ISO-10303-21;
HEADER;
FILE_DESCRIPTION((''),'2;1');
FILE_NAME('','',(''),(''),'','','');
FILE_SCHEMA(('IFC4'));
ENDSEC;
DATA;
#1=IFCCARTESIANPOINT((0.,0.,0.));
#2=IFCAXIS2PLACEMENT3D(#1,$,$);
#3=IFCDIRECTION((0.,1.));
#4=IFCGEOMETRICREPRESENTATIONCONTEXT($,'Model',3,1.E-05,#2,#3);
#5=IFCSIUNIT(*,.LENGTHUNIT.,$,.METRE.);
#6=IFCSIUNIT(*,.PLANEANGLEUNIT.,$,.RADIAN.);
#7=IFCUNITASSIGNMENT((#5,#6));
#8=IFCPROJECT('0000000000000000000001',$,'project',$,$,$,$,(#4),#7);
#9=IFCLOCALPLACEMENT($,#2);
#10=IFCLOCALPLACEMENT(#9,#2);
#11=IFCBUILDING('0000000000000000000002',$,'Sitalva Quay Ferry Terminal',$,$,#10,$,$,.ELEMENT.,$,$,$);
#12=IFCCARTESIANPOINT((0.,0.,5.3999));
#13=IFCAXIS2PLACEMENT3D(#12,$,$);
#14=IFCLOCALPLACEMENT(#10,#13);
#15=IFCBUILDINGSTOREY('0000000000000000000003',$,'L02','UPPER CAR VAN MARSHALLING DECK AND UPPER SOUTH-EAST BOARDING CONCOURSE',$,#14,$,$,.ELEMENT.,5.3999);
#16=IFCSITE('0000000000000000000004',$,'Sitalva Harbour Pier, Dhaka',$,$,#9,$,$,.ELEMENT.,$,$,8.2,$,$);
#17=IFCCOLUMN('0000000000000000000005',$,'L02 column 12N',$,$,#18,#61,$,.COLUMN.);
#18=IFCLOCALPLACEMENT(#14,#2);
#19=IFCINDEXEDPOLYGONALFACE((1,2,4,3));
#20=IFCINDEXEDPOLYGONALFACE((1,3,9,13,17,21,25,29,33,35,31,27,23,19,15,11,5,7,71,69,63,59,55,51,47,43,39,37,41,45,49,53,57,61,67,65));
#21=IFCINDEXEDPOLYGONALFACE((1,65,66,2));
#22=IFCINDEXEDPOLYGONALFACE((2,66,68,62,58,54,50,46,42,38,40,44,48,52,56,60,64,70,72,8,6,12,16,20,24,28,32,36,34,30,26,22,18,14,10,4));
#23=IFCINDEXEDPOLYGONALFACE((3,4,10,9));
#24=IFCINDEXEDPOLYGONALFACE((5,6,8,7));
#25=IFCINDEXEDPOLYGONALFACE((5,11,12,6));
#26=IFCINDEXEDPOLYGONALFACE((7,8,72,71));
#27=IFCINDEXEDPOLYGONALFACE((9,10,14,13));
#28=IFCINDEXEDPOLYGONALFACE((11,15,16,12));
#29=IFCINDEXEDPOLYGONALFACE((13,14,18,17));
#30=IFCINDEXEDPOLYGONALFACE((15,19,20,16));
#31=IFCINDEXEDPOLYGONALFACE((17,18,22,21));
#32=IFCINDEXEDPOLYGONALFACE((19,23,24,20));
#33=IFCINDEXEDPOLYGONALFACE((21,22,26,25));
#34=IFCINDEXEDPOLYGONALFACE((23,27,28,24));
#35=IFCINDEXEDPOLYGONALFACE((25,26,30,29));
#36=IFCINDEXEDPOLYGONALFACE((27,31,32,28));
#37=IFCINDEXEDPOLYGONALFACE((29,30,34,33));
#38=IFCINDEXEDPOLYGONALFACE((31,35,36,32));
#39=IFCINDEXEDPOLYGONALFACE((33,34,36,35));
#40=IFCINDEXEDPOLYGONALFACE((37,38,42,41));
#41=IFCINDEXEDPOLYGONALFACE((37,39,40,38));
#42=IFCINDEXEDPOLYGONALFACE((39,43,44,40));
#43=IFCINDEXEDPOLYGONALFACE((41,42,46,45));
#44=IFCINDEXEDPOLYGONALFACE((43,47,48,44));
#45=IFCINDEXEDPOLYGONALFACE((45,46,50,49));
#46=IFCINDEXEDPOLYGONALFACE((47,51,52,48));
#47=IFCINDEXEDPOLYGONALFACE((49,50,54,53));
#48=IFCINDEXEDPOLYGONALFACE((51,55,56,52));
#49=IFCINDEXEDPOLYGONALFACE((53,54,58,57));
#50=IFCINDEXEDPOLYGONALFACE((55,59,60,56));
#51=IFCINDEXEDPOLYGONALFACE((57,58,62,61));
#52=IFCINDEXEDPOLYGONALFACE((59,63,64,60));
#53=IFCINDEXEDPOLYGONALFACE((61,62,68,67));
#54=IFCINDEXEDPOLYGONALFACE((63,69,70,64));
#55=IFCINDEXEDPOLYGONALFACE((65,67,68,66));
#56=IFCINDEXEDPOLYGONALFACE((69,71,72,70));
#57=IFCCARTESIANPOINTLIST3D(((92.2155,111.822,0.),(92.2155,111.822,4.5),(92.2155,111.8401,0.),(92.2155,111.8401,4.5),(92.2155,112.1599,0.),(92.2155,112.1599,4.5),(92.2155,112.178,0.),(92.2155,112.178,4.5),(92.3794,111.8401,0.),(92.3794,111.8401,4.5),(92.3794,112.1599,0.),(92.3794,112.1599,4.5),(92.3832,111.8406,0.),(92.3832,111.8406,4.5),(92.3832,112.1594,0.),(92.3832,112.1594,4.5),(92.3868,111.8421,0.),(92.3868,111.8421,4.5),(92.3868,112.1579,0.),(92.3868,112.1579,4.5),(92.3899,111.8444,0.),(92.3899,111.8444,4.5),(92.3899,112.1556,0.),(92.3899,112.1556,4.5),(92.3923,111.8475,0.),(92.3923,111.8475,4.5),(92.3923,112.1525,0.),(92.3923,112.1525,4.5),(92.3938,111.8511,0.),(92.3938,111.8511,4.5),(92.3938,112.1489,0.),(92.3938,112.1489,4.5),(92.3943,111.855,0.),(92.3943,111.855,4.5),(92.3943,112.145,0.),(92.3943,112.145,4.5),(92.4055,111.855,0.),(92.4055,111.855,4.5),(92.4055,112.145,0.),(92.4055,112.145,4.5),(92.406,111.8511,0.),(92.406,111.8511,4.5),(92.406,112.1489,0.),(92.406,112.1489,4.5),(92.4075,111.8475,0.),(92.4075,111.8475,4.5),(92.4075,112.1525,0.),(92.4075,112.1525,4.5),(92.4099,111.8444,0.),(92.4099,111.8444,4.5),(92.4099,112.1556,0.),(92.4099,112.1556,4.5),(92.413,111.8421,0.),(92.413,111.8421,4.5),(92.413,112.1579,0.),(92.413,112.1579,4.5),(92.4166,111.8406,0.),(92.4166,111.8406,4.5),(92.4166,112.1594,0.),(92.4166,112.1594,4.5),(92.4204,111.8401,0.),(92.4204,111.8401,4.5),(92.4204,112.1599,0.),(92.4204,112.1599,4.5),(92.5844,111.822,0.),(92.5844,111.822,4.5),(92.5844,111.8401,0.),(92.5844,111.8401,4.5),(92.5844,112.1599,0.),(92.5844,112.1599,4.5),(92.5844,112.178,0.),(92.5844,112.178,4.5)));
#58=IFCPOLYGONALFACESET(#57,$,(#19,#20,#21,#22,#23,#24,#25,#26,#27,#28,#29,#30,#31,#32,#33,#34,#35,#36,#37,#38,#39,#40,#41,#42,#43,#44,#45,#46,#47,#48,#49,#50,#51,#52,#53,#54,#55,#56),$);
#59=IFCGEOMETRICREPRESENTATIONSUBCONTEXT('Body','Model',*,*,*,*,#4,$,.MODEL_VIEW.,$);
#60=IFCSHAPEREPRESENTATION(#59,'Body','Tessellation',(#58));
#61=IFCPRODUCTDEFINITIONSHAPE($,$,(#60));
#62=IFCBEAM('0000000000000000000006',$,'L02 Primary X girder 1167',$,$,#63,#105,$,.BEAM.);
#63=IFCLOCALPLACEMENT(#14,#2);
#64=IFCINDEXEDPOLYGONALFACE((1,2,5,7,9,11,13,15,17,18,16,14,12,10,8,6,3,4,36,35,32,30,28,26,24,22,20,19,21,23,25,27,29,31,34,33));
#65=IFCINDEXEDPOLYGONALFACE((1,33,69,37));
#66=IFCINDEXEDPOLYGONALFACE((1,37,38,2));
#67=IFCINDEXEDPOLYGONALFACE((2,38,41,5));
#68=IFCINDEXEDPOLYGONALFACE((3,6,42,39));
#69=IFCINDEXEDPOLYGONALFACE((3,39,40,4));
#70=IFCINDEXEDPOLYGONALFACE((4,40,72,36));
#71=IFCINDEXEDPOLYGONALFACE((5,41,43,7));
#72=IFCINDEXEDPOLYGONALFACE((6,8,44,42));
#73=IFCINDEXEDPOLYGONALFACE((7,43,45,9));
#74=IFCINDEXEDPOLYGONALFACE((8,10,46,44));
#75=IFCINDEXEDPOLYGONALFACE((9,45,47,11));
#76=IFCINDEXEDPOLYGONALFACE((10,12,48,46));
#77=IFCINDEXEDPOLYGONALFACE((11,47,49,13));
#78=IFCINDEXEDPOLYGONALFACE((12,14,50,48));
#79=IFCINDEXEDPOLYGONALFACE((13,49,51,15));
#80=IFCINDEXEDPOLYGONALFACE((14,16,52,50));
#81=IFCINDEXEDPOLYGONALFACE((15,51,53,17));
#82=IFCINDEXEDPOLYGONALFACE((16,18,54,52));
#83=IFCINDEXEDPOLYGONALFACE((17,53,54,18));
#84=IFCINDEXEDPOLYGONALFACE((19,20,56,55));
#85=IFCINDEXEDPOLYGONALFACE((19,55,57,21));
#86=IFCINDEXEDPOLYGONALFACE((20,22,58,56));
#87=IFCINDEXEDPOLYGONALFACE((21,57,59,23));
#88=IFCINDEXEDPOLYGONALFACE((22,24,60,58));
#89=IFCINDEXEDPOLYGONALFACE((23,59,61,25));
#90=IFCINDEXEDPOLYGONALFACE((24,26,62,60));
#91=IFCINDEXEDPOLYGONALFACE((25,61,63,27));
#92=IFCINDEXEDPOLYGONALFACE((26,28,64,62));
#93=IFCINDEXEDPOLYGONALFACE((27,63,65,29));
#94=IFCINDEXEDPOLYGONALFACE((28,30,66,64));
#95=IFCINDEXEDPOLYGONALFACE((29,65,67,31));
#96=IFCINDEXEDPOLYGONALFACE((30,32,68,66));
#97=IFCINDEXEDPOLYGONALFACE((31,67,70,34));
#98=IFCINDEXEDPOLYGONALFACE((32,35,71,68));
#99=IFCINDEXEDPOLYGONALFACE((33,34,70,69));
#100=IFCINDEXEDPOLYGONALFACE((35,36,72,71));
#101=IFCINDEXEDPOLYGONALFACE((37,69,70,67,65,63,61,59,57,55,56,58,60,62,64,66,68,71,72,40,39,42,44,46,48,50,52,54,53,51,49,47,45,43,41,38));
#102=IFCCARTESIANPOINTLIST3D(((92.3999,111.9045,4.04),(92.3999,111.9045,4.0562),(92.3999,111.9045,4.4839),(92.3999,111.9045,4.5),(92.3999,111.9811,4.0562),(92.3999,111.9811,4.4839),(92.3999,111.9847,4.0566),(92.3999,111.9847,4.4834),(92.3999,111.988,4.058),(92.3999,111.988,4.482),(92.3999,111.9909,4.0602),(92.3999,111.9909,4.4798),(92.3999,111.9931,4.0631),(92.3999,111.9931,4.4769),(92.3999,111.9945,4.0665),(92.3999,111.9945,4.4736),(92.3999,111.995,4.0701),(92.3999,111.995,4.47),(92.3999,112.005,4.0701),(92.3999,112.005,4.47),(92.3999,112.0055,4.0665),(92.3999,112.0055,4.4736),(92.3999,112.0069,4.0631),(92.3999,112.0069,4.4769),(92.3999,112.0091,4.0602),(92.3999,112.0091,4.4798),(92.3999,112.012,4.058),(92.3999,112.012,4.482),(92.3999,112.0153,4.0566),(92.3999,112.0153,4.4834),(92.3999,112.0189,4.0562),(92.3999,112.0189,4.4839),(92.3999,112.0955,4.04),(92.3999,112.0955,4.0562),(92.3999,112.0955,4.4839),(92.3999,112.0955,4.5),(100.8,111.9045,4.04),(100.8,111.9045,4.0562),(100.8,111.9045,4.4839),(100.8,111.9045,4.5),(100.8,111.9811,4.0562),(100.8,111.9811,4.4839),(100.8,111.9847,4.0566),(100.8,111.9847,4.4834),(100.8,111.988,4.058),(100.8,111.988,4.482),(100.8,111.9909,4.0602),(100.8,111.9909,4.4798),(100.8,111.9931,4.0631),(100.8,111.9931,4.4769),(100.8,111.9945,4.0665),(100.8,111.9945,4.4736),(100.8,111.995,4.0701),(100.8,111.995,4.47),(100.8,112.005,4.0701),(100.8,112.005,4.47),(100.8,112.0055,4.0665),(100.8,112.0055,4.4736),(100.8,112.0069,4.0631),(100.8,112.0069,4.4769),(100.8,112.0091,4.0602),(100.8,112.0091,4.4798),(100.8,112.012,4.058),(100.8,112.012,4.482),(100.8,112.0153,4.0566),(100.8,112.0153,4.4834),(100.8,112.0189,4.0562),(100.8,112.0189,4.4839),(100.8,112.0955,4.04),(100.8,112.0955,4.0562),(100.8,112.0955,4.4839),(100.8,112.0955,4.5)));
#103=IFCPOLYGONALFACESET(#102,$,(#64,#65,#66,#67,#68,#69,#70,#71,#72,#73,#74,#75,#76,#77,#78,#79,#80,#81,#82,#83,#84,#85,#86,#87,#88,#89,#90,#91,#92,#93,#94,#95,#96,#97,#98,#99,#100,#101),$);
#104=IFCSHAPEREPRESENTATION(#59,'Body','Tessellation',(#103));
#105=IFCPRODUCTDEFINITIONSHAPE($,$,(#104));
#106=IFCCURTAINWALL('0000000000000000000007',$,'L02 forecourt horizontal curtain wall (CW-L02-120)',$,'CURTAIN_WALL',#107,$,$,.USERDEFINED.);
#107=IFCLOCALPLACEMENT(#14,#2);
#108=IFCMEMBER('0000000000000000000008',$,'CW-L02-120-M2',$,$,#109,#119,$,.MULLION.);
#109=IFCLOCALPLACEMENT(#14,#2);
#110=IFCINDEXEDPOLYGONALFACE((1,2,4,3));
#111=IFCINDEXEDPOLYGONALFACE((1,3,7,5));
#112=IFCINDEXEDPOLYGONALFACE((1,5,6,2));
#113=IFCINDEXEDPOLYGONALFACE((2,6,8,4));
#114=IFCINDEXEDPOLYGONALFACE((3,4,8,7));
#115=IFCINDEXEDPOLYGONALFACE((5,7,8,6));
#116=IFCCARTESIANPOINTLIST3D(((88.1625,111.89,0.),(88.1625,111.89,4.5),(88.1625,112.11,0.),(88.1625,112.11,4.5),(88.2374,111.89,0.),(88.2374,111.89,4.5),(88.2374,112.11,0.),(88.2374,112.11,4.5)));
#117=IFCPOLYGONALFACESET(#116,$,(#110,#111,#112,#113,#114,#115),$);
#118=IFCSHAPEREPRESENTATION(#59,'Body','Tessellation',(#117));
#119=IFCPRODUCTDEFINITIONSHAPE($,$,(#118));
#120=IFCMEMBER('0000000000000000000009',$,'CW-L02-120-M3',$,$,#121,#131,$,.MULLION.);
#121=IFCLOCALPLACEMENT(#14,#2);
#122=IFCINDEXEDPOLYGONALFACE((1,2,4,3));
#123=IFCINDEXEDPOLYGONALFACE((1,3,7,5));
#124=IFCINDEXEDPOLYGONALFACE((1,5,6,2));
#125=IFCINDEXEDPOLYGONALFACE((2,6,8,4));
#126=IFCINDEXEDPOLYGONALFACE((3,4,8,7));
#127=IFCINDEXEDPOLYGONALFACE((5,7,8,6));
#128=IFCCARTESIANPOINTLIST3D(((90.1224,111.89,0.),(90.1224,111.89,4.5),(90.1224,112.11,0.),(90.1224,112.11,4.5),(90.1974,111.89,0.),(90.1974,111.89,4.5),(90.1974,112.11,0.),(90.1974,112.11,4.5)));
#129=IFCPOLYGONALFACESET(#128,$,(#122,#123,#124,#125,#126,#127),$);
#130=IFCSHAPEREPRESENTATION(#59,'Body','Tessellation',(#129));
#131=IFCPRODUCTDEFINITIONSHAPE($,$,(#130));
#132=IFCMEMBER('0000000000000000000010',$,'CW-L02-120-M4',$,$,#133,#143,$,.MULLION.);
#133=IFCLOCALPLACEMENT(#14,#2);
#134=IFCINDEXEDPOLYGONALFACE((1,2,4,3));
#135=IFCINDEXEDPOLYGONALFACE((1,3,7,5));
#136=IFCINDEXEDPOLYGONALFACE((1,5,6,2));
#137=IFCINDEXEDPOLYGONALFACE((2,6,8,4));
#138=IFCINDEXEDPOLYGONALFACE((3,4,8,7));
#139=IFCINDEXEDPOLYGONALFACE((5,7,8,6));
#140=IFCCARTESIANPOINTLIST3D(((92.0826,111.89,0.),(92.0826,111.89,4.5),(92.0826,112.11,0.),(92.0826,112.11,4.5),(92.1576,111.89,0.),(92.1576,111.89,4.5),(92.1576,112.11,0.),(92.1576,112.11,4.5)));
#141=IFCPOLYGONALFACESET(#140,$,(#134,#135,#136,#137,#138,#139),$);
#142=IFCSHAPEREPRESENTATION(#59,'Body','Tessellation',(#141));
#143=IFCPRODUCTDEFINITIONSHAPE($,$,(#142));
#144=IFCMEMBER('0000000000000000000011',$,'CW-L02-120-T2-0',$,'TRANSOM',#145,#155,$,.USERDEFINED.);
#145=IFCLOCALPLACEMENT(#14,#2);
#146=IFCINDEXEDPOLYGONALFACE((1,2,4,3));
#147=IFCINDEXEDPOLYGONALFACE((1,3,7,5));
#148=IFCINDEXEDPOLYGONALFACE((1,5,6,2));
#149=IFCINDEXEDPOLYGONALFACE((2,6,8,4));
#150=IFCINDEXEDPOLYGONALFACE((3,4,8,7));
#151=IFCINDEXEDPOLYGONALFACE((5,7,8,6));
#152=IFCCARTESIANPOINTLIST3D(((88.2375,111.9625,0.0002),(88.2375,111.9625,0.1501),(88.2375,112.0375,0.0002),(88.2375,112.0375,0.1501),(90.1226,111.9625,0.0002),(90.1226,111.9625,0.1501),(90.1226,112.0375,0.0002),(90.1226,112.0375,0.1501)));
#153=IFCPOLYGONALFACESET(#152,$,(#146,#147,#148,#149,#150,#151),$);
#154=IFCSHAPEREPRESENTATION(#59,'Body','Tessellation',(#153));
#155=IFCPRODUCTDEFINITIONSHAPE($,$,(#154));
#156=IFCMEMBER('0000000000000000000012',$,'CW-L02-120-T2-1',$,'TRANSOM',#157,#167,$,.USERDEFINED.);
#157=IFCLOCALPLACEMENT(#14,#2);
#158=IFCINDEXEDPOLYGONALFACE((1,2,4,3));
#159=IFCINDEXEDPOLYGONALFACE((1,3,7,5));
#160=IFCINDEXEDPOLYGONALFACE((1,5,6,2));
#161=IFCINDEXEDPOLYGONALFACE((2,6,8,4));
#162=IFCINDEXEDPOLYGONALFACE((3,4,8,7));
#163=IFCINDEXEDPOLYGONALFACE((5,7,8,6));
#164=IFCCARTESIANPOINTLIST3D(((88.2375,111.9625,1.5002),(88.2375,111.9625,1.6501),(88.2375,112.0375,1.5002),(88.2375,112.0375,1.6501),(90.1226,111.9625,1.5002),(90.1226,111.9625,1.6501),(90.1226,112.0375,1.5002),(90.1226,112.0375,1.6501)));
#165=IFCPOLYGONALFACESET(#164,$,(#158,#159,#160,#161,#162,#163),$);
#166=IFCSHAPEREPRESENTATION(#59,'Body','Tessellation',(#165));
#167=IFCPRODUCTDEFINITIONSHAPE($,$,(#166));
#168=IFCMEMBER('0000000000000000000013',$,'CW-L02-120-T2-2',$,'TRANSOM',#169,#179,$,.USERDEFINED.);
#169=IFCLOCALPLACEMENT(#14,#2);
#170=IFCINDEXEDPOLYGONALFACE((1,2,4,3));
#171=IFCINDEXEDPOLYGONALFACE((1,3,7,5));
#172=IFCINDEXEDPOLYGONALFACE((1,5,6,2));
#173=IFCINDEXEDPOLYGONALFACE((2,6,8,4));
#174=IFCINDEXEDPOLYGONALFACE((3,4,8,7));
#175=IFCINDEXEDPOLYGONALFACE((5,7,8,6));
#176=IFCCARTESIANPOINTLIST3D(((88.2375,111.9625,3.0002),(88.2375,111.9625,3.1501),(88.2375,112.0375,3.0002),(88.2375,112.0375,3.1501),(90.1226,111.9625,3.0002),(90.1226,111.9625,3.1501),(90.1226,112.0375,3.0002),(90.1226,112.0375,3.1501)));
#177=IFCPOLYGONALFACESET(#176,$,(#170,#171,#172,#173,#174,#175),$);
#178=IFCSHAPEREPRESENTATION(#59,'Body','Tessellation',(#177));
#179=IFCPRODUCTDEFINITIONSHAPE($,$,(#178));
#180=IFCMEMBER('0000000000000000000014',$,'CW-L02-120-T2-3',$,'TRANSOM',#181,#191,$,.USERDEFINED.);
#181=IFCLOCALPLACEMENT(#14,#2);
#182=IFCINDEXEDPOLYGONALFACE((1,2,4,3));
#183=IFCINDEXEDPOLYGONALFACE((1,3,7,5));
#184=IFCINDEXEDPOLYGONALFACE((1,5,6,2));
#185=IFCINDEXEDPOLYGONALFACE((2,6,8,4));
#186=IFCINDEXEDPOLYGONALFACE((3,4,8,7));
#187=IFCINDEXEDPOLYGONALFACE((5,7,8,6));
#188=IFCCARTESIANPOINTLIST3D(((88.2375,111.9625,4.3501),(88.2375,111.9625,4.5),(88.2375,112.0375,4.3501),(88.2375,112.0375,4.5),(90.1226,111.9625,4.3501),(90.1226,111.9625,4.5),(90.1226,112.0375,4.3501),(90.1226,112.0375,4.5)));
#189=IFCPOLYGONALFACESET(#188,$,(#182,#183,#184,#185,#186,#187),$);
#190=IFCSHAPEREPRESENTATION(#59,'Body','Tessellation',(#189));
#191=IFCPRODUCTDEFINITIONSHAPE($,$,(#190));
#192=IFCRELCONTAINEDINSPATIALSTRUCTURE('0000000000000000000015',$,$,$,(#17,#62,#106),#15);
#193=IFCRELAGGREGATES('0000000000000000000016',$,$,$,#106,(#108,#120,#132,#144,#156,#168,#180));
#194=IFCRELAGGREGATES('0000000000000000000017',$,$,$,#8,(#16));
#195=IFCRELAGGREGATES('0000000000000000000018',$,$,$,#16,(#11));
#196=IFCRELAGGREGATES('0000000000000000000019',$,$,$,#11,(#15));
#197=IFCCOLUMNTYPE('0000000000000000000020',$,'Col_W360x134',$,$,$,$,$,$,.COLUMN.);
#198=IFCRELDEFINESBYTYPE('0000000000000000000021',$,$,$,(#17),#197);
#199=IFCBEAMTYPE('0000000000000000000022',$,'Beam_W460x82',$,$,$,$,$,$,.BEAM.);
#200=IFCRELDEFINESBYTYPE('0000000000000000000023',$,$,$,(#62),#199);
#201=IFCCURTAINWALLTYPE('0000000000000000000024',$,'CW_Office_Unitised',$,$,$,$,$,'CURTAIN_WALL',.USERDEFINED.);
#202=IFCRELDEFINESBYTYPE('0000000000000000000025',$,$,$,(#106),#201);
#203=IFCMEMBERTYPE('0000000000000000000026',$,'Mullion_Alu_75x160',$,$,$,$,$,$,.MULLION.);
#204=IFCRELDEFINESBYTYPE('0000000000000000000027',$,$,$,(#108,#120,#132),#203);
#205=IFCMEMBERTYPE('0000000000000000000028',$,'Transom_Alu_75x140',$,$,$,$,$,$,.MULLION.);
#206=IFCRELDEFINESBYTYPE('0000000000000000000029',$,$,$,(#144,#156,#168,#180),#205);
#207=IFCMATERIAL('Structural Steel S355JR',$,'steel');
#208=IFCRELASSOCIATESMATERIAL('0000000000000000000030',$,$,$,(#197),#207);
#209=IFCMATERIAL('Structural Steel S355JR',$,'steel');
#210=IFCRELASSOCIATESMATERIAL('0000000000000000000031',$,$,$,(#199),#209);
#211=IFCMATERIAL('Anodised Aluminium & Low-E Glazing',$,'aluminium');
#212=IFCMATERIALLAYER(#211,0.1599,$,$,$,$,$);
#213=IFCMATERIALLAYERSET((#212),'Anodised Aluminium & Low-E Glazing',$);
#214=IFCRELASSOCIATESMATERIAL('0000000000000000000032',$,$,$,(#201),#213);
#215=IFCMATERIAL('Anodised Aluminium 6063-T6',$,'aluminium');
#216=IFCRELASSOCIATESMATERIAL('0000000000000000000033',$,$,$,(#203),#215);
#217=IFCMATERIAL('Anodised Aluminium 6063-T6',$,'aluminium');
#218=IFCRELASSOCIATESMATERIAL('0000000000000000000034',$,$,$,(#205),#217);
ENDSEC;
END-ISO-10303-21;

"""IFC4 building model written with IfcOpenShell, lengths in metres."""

from ifc_helpers import new_model, si_unit, direction, frame, origin, origin_2d, place, context, subcontext, project, spatial, rectangle, i_section, extrude, material, layer, layer_set, material_profile, profile_set, type_object, element, aggregate, save


model = new_model("IFC4")

# Units and contexts
model_context = context("Model", 3, precision=1e-05, world=origin(), true_north=direction((0.0, 1.0)))
body_context = subcontext(model_context, "Body", "Model", "MODEL_VIEW")
ifc_project = project(units=[si_unit("LENGTHUNIT", "METRE"), si_unit("PLANEANGLEUNIT", "RADIAN")], contexts=[model_context])

# Site, building, storey
site_placement = place(None, origin())
site = spatial("IfcSite", under=ifc_project, at=site_placement, Name="Sitalva Harbour Pier, Dhaka", CompositionType="ELEMENT", RefElevation=8.2)
building_placement = place(site_placement, origin())
building = spatial("IfcBuilding", under=site, at=building_placement, Name="Sitalva Quay Ferry Terminal", CompositionType="ELEMENT")
storey_placement = place(building_placement, frame((0.0, 0.0, 5.3999)))
storey = spatial("IfcBuildingStorey", under=building, at=storey_placement, Name="L02", Description="UPPER CAR VAN MARSHALLING DECK AND UPPER SOUTH-EAST BOARDING CONCOURSE", CompositionType="ELEMENT", Elevation=5.3999)

# Column
ifc_material_1 = material(Name="Structural Steel S355JR", Category="steel")
ifc_material_profile_1 = material_profile(ifc_material_1, i_section(OverallWidth=0.3689, OverallDepth=0.356, WebThickness=0.0112, FlangeThickness=0.0181, FilletRadius=0.0149, at=origin_2d()), Name="W360x134")
ifc_profile_set_1 = profile_set([ifc_material_profile_1], Name="Structural Steel S355JR")
column_type = type_object("IfcColumnType", Name="Col_W360x134", PredefinedType="COLUMN", material=ifc_profile_set_1)
column_placement = place(storey_placement, frame((92.3999, 112.0, 0.0), z_axis=(0.0, 0.0, 1.0), x_axis=(1.0, 0.0, 0.0)))
element("IfcColumn", 1, at=column_placement, inside=storey, type_object=column_type, Name="L02 column 12N", PredefinedType="COLUMN", context=body_context, shape_type="SweptSolid", body=[
    extrude(i_section(OverallWidth=0.3689, OverallDepth=0.356, WebThickness=0.0112, FlangeThickness=0.0181, FilletRadius=0.0149, at=origin_2d()), origin(), (0.0, 0.0, 1.0), 4.5),
])

# Beam
ifc_material_2 = material(Name="Structural Steel S355JR", Category="steel")
ifc_material_profile_2 = material_profile(ifc_material_2, i_section(OverallWidth=0.1909, OverallDepth=0.46, WebThickness=0.01, FlangeThickness=0.0161, FilletRadius=0.0139, at=origin_2d()), Name="W460x82")
ifc_profile_set_2 = profile_set([ifc_material_profile_2], Name="Structural Steel S355JR")
beam_type = type_object("IfcBeamType", Name="Beam_W460x82", PredefinedType="BEAM", material=ifc_profile_set_2)
beam_placement = place(storey_placement, frame((92.3999, 112.0, 4.27), z_axis=(1.0, 0.0, 0.0), x_axis=(0.0, 1.0, 0.0)))
element("IfcBeam", 2, at=beam_placement, inside=storey, type_object=beam_type, Name="L02 Primary X girder 1167", PredefinedType="BEAM", context=body_context, shape_type="SweptSolid", body=[
    extrude(i_section(OverallWidth=0.1909, OverallDepth=0.46, WebThickness=0.01, FlangeThickness=0.0161, FilletRadius=0.0139, at=origin_2d()), origin(), (0.0, 0.0, 1.0), 8.4001),
])

# Curtain wall, members
ifc_material_3 = material(Name="Anodised Aluminium & Low-E Glazing", Category="aluminium")
ifc_layer_1 = layer(ifc_material_3, 0.1599)
ifc_layer_set_1 = layer_set([ifc_layer_1], Name="Anodised Aluminium & Low-E Glazing")
curtain_wall_type = type_object("IfcCurtainWallType", Name="CW_Office_Unitised", ElementType="CURTAIN_WALL", PredefinedType="USERDEFINED", material=ifc_layer_set_1)
curtain_wall_placement = place(storey_placement, origin())
curtain_wall = element("IfcCurtainWall", 3, at=curtain_wall_placement, inside=storey, type_object=curtain_wall_type, Name="L02 forecourt horizontal curtain wall (CW-L02-120)", ObjectType="CURTAIN_WALL", PredefinedType="USERDEFINED")
ifc_material_4 = material(Name="Anodised Aluminium 6063-T6", Category="aluminium")
ifc_material_profile_3 = material_profile(ifc_material_4, rectangle(XDim=0.075, YDim=0.22, at=origin_2d()), Name="ALU75x220")
ifc_profile_set_3 = profile_set([ifc_material_profile_3], Name="Anodised Aluminium 6063-T6")
member_type_1 = type_object("IfcMemberType", Name="Mullion_Alu_75x160", PredefinedType="MULLION", material=ifc_profile_set_3)
member_1_placement = place(storey_placement, frame((88.2, 112.0, 0.0), z_axis=(0.0, 0.0, 1.0), x_axis=(1.0, 0.0, 0.0)))
member_1 = element("IfcMember", 4, at=member_1_placement, type_object=member_type_1, Name="CW-L02-120-M2", PredefinedType="MULLION", context=body_context, shape_type="SweptSolid", body=[
    extrude(rectangle(XDim=0.075, YDim=0.22, at=origin_2d()), origin(), (0.0, 0.0, 1.0), 4.5),
])
member_2_placement = place(storey_placement, frame((90.1599, 112.0, 0.0), z_axis=(0.0, 0.0, 1.0), x_axis=(1.0, 0.0, 0.0)))
member_2 = element("IfcMember", 5, at=member_2_placement, type_object=member_type_1, Name="CW-L02-120-M3", PredefinedType="MULLION", context=body_context, shape_type="SweptSolid", body=[
    extrude(rectangle(XDim=0.075, YDim=0.22, at=origin_2d()), origin(), (0.0, 0.0, 1.0), 4.5),
])
member_3_placement = place(storey_placement, frame((92.1201, 112.0, 0.0), z_axis=(0.0, 0.0, 1.0), x_axis=(1.0, 0.0, 0.0)))
member_3 = element("IfcMember", 6, at=member_3_placement, type_object=member_type_1, Name="CW-L02-120-M4", PredefinedType="MULLION", context=body_context, shape_type="SweptSolid", body=[
    extrude(rectangle(XDim=0.075, YDim=0.22, at=origin_2d()), origin(), (0.0, 0.0, 1.0), 4.5),
])
ifc_material_5 = material(Name="Anodised Aluminium 6063-T6", Category="aluminium")
ifc_material_profile_4 = material_profile(ifc_material_5, rectangle(XDim=0.075, YDim=0.1499, at=origin_2d()), Name="ALU75x150")
ifc_profile_set_4 = profile_set([ifc_material_profile_4], Name="Anodised Aluminium 6063-T6")
member_type_2 = type_object("IfcMemberType", Name="Transom_Alu_75x140", PredefinedType="MULLION", material=ifc_profile_set_4)
member_4_placement = place(storey_placement, frame((88.2375, 112.0, 0.0752), z_axis=(1.0, 0.0, 0.0), x_axis=(0.0, 1.0, 0.0)))
member_4 = element("IfcMember", 7, at=member_4_placement, type_object=member_type_2, Name="CW-L02-120-T2-0", ObjectType="TRANSOM", PredefinedType="USERDEFINED", context=body_context, shape_type="SweptSolid", body=[
    extrude(rectangle(XDim=0.075, YDim=0.1499, at=origin_2d()), origin(), (0.0, 0.0, 1.0), 1.885),
])
member_5_placement = place(storey_placement, frame((88.2375, 112.0, 1.5752), z_axis=(1.0, 0.0, 0.0), x_axis=(0.0, 1.0, 0.0)))
member_5 = element("IfcMember", 8, at=member_5_placement, type_object=member_type_2, Name="CW-L02-120-T2-1", ObjectType="TRANSOM", PredefinedType="USERDEFINED", context=body_context, shape_type="SweptSolid", body=[
    extrude(rectangle(XDim=0.075, YDim=0.1499, at=origin_2d()), origin(), (0.0, 0.0, 1.0), 1.885),
])
member_6_placement = place(storey_placement, frame((88.2375, 112.0, 3.0752), z_axis=(1.0, 0.0, 0.0), x_axis=(0.0, 1.0, 0.0)))
member_6 = element("IfcMember", 9, at=member_6_placement, type_object=member_type_2, Name="CW-L02-120-T2-2", ObjectType="TRANSOM", PredefinedType="USERDEFINED", context=body_context, shape_type="SweptSolid", body=[
    extrude(rectangle(XDim=0.075, YDim=0.1499, at=origin_2d()), origin(), (0.0, 0.0, 1.0), 1.885),
])
member_7_placement = place(storey_placement, frame((88.2375, 112.0, 4.425), z_axis=(1.0, 0.0, 0.0), x_axis=(0.0, 1.0, 0.0)))
member_7 = element("IfcMember", 10, at=member_7_placement, type_object=member_type_2, Name="CW-L02-120-T2-3", ObjectType="TRANSOM", PredefinedType="USERDEFINED", context=body_context, shape_type="SweptSolid", body=[
    extrude(rectangle(XDim=0.075, YDim=0.1499, at=origin_2d()), origin(), (0.0, 0.0, 1.0), 1.885),
])
aggregate(curtain_wall, [member_1, member_2, member_3, member_4, member_5, member_6, member_7])

save(model, "model.ifc")
